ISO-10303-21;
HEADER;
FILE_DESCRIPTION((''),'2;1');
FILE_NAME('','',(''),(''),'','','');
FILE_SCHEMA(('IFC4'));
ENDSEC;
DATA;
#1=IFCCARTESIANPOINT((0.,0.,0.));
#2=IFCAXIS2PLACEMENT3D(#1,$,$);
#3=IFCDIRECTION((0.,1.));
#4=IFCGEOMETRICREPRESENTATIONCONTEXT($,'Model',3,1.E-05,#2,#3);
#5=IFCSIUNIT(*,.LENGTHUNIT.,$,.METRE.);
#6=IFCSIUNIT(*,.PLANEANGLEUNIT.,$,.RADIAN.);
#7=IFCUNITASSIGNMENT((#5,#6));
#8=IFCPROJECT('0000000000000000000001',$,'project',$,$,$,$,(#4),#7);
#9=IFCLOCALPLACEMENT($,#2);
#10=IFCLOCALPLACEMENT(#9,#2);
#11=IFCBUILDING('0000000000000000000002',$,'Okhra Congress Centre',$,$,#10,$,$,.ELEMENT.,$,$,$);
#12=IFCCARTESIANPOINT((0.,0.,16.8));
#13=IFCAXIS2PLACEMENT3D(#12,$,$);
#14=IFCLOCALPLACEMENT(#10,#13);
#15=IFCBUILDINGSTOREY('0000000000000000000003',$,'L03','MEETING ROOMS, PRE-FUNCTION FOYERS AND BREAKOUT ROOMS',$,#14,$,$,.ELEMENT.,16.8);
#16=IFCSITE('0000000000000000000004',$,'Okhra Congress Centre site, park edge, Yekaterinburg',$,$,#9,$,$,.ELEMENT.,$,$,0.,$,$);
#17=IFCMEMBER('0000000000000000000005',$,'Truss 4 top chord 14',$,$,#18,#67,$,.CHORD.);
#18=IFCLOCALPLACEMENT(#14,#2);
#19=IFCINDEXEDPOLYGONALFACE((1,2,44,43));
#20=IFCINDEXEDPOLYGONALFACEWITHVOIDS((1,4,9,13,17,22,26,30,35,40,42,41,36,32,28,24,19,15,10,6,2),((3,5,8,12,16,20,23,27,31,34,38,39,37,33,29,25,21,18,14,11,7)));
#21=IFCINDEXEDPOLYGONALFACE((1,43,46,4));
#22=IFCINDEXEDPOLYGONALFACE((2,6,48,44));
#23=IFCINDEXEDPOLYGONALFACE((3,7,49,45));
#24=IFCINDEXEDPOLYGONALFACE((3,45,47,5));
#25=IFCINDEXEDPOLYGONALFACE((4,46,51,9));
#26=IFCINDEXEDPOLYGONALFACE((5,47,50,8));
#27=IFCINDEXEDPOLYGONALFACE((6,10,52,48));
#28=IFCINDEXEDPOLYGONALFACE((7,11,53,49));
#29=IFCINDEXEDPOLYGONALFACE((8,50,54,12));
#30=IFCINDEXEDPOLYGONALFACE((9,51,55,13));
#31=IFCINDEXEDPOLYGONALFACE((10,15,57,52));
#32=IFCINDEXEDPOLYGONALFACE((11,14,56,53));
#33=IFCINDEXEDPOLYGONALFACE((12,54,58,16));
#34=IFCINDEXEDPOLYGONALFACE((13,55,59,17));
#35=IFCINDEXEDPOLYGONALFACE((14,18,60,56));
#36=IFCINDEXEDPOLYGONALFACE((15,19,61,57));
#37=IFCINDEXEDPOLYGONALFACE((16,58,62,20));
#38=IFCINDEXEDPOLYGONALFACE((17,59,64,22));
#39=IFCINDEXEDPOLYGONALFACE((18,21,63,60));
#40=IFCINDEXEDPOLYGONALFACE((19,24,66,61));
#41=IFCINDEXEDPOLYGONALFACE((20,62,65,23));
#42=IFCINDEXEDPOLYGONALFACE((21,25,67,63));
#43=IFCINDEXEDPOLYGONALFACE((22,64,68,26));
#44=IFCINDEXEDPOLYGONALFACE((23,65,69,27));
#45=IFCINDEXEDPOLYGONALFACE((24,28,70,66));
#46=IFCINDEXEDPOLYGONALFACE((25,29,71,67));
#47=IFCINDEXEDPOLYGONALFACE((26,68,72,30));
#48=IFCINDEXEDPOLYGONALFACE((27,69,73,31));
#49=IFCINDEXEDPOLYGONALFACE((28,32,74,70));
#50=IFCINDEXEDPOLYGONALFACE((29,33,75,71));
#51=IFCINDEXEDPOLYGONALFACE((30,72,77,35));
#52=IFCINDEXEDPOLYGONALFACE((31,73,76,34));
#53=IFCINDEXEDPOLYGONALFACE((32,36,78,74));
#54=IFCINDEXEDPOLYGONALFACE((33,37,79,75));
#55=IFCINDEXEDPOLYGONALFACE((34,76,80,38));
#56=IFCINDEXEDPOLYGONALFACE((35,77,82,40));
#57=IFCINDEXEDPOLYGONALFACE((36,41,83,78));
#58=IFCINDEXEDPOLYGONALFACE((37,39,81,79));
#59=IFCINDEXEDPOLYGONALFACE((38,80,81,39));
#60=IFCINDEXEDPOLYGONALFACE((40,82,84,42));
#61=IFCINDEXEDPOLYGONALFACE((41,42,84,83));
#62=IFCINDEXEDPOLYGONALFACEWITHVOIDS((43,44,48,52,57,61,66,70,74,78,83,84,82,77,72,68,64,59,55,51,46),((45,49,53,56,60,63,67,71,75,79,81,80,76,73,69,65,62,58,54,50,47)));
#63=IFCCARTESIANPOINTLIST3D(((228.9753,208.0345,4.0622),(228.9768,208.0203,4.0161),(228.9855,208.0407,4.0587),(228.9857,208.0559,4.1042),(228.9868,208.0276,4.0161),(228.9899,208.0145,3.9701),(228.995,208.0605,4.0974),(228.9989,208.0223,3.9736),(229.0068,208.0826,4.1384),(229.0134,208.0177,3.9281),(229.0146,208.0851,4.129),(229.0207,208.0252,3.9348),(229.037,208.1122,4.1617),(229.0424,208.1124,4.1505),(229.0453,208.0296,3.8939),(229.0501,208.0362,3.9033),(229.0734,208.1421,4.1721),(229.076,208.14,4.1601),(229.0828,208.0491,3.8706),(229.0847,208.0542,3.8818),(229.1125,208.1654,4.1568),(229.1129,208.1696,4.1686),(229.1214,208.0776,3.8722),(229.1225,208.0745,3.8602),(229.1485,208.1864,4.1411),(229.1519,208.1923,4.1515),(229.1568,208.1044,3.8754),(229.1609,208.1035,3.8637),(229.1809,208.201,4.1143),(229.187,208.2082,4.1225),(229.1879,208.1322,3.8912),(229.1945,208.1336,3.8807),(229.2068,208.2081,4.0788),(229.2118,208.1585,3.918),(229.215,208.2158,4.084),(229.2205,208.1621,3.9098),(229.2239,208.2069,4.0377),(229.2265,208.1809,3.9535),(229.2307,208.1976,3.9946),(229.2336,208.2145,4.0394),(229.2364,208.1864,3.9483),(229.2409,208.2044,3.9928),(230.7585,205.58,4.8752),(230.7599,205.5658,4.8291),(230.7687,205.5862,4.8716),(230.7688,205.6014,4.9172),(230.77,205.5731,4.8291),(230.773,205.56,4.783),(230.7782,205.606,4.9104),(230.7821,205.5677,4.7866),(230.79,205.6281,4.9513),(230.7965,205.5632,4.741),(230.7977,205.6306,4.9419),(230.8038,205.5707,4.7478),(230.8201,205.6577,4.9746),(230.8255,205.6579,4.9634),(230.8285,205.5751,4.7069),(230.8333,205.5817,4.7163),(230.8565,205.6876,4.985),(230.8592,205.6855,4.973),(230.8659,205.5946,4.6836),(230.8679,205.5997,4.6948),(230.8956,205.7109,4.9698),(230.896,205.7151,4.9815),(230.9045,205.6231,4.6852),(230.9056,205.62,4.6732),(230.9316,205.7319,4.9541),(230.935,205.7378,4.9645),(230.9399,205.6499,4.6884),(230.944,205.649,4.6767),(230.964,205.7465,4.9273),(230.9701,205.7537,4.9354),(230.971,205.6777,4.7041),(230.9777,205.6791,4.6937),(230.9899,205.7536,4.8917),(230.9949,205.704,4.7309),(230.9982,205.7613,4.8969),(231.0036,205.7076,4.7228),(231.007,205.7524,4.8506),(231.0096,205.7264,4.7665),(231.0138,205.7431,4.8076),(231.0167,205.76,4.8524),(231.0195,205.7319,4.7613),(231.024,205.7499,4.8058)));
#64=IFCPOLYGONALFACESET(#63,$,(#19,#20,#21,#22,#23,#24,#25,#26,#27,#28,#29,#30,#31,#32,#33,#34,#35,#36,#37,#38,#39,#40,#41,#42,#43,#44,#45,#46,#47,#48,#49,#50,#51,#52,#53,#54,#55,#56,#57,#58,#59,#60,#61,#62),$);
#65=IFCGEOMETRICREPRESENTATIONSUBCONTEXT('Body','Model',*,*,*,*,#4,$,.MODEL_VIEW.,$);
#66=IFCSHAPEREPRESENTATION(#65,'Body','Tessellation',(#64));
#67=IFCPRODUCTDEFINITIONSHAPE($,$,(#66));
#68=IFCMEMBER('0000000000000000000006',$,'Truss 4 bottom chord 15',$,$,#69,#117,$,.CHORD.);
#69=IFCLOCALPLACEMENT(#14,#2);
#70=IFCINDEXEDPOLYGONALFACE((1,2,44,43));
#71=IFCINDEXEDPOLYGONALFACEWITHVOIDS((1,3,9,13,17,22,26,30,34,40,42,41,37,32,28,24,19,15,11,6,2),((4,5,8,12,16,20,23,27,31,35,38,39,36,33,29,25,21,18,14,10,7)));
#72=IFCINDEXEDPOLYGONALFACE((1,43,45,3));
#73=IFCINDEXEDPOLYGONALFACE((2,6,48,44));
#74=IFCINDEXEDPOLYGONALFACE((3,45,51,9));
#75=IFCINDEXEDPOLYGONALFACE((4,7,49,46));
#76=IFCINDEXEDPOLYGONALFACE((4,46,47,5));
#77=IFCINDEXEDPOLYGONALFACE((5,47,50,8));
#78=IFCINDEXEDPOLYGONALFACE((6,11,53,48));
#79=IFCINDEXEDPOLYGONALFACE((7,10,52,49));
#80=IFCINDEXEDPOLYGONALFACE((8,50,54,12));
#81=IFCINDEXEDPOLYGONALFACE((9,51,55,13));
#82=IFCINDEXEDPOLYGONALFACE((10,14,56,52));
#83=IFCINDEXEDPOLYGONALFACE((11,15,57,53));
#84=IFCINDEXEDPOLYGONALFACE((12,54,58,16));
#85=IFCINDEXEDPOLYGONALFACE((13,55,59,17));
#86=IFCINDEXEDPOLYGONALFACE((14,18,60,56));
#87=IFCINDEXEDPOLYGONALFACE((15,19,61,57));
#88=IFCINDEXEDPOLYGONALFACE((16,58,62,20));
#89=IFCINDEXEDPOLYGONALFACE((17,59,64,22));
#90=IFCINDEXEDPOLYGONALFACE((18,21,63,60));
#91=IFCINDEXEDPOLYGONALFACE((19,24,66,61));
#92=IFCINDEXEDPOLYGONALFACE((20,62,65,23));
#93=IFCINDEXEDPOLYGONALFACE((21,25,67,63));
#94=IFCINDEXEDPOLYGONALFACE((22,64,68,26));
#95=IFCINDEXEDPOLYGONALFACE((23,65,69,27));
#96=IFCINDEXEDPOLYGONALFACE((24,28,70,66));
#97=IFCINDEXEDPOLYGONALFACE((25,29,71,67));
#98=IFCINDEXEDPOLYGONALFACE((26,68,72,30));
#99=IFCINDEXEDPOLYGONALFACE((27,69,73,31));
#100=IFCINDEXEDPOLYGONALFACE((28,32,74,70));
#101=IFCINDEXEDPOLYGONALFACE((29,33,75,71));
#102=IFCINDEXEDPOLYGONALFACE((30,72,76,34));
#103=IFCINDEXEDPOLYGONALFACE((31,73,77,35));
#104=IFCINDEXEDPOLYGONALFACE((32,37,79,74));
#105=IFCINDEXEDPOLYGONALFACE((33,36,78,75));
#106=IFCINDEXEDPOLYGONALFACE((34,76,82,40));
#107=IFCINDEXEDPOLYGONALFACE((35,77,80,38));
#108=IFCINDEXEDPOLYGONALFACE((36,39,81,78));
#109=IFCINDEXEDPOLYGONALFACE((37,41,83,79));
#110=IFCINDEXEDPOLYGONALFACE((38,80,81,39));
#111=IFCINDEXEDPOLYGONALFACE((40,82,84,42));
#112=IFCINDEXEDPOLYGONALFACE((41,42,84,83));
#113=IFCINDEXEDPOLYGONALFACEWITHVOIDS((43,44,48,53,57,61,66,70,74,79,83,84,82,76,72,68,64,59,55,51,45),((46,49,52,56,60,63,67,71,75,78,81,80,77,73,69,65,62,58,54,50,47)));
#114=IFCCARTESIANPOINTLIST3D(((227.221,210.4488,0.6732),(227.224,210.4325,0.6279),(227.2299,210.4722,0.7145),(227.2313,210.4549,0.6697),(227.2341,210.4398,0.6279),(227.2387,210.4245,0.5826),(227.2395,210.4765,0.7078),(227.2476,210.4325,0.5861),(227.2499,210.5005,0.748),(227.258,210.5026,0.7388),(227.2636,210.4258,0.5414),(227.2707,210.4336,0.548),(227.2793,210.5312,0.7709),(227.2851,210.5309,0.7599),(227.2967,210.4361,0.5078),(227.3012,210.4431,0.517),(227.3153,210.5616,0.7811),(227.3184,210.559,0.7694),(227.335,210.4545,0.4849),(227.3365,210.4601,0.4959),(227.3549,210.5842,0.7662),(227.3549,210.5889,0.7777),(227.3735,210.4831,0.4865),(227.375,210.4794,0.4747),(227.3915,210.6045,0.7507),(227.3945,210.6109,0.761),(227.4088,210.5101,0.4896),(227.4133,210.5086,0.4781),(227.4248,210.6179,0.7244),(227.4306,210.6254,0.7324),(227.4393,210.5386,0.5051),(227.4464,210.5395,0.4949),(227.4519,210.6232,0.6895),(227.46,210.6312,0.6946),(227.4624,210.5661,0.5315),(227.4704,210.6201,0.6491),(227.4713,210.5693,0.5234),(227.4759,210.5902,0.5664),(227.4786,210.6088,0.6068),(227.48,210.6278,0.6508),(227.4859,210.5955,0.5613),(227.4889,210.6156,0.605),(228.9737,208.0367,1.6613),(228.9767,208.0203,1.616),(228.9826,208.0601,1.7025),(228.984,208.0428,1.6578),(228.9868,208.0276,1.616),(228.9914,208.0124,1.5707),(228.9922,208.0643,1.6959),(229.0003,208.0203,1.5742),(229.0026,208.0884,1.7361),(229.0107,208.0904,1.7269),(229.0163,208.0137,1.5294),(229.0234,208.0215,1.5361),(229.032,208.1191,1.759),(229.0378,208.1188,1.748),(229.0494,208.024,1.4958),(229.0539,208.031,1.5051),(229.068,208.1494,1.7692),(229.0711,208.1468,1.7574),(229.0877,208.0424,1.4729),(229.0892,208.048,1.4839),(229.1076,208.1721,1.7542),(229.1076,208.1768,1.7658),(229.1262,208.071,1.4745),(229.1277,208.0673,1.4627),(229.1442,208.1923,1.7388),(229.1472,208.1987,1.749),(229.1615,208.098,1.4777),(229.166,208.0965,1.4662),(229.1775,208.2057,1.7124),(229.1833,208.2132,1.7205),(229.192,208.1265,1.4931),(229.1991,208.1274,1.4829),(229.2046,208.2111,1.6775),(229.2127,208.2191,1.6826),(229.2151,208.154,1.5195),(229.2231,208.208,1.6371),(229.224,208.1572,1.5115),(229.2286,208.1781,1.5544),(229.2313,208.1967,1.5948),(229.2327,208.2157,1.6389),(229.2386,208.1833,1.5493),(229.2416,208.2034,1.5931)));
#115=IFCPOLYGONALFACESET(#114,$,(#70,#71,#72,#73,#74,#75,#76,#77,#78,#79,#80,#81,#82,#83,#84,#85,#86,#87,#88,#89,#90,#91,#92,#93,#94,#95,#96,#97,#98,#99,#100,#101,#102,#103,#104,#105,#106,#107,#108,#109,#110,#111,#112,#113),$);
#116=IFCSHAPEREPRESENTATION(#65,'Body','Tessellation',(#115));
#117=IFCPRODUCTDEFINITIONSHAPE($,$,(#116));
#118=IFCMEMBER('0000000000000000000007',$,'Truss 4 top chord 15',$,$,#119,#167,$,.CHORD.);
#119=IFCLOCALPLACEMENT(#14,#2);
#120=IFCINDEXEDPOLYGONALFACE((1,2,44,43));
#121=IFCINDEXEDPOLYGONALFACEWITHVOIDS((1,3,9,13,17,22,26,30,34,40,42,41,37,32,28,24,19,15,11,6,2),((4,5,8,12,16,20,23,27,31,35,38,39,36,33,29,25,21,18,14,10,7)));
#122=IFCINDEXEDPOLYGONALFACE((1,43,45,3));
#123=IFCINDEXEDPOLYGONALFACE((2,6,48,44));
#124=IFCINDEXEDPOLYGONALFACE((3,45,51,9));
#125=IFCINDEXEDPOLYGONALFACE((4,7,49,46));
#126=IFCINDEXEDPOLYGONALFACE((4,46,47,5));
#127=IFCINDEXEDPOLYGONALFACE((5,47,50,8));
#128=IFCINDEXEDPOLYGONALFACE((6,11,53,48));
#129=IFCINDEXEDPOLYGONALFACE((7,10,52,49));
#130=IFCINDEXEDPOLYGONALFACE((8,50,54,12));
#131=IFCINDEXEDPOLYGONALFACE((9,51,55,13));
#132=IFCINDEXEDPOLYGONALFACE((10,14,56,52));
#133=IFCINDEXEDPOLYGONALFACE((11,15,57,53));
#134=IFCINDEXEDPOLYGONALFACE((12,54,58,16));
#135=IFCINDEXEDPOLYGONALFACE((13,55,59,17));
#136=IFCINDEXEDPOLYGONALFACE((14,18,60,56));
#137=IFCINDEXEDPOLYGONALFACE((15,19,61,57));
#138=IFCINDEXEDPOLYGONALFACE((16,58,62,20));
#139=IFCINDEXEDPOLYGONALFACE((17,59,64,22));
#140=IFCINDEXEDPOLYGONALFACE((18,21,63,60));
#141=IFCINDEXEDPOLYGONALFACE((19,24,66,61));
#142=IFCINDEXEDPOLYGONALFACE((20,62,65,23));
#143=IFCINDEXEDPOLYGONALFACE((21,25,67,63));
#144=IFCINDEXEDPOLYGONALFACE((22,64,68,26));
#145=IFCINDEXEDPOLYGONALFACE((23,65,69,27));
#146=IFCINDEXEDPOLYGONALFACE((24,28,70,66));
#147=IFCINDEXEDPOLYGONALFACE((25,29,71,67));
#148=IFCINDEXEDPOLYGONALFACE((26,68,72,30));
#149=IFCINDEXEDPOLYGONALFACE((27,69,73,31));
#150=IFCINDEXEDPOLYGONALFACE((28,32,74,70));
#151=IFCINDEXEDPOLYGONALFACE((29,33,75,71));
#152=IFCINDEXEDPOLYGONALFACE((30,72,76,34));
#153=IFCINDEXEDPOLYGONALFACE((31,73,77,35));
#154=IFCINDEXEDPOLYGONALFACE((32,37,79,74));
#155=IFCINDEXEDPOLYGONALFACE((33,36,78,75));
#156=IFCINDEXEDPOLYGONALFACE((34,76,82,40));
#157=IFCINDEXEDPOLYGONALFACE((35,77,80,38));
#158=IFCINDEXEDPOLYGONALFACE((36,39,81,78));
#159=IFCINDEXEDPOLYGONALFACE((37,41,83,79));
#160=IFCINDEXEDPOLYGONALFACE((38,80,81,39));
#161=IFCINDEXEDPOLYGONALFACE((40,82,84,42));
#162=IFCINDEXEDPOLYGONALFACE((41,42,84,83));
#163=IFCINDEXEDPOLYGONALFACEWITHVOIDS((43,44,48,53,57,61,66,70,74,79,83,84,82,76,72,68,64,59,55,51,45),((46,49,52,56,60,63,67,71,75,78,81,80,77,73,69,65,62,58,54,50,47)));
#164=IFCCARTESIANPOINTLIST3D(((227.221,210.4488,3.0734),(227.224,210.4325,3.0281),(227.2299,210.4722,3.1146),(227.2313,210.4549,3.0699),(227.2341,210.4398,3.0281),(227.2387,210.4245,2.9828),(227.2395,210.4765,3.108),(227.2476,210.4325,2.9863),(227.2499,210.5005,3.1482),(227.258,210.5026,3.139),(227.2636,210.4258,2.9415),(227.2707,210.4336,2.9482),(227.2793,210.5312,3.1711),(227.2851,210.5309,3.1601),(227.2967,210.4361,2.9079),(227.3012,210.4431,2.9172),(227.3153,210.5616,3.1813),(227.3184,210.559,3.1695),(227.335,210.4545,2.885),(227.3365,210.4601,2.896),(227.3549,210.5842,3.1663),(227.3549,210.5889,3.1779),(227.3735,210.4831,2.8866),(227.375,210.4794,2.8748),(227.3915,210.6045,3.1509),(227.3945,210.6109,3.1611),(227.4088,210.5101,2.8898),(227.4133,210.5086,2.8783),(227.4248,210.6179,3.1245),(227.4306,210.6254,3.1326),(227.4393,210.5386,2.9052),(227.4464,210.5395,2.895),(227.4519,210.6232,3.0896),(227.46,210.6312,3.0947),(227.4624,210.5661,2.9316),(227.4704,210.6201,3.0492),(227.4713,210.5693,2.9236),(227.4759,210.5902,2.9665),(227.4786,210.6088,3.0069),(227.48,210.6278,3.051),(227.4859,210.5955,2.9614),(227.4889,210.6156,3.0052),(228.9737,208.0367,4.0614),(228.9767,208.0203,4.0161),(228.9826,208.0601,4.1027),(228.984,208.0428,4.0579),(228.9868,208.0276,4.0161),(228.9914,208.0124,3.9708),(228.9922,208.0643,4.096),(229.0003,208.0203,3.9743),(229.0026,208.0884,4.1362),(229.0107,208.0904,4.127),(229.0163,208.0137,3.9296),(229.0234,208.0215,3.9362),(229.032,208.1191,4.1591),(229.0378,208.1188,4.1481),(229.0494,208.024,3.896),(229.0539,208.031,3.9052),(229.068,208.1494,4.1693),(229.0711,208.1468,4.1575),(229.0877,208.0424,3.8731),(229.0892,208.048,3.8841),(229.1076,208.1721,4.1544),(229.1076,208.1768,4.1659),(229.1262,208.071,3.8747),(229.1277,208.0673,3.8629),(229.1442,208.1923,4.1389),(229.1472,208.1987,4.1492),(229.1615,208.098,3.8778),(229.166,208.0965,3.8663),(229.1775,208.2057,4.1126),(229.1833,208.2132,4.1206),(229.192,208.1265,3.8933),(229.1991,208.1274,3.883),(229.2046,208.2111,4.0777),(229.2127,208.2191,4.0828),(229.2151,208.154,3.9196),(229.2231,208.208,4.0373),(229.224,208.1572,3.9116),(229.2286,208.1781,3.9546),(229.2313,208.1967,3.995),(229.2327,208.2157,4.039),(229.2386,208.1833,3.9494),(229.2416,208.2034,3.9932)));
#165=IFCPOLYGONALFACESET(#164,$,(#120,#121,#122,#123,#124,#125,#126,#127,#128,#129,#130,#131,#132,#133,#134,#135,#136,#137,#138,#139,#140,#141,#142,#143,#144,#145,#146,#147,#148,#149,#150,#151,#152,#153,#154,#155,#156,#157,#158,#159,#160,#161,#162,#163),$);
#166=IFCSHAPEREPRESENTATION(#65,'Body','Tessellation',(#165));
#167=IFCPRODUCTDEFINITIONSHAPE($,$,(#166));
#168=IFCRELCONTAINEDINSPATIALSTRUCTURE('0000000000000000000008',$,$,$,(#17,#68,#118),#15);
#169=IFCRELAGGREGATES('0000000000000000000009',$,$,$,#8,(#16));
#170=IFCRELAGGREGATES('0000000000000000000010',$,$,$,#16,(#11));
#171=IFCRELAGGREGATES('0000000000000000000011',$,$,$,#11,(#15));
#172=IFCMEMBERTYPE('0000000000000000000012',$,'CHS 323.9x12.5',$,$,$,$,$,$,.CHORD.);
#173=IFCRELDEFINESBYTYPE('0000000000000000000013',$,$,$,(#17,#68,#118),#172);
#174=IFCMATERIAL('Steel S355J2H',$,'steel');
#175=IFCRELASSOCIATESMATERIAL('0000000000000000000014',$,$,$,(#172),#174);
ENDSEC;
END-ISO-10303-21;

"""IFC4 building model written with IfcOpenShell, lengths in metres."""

from ifc_helpers import new_model, si_unit, direction, frame, origin, origin_2d, place, context, subcontext, project, spatial, hollow_circle, extrude, material, material_profile, profile_set, type_object, element, save


model = new_model("IFC4")

# Units and contexts
model_context = context("Model", 3, precision=1e-05, world=origin(), true_north=direction((0.0, 1.0)))
body_context = subcontext(model_context, "Body", "Model", "MODEL_VIEW")
ifc_project = project(units=[si_unit("LENGTHUNIT", "METRE"), si_unit("PLANEANGLEUNIT", "RADIAN")], contexts=[model_context])

# Site, building, storey
site_placement = place(None, origin())
site = spatial("IfcSite", under=ifc_project, at=site_placement, Name="Okhra Congress Centre site, park edge, Yekaterinburg", CompositionType="ELEMENT", RefElevation=0.0)
building_placement = place(site_placement, origin())
building = spatial("IfcBuilding", under=site, at=building_placement, Name="Okhra Congress Centre", CompositionType="ELEMENT")
storey_placement = place(building_placement, frame((0.0, 0.0, 16.8)))
storey = spatial("IfcBuildingStorey", under=building, at=storey_placement, Name="L03", Description="MEETING ROOMS, PRE-FUNCTION FOYERS AND BREAKOUT ROOMS", CompositionType="ELEMENT", Elevation=16.8)

# Members
ifc_material_1 = material(Name="Steel S355J2H", Category="steel")
ifc_material_profile_1 = material_profile(ifc_material_1, hollow_circle(Radius=0.1619, WallThickness=0.0125, at=origin_2d()), Name="CHS 323.9x12.5")
ifc_profile_set_1 = profile_set([ifc_material_profile_1], Name="Steel S355J2H")
member_type_1 = type_object("IfcMemberType", Name="CHS 323.9x12.5", PredefinedType="CHORD", material=ifc_profile_set_1)
for number, where, z_axis, x_axis, name in (
    (1, (230.8909, 205.6609, 4.8291), (-0.567721, 0.781472, -0.258832), (-0.809042, -0.587751, 0.0), "Truss 4 top chord 14"),
):
    element("IfcMember", number, at=place(storey_placement, frame(where, z_axis=z_axis, x_axis=x_axis)), inside=storey, type_object=member_type_1, Name=name, PredefinedType="CHORD", context=body_context, shape_type="SweptSolid", body=[
        extrude(hollow_circle(Radius=0.1619, WallThickness=0.0125, at=origin_2d()), origin(), (0.0, 0.0, 1.0), 3.1409),
    ])
for number, where, z_axis, x_axis, name in (
    (2, (229.1077, 208.1155, 1.616), (-0.557988, 0.767923, -0.314553), (-0.808987, -0.587826, 0.0), "Truss 4 bottom chord 15"),
    (3, (229.1077, 208.1155, 4.0161), (-0.557988, 0.767923, -0.314553), (-0.808987, -0.587826, 0.0), "Truss 4 top chord 15"),
):
    element("IfcMember", number, at=place(storey_placement, frame(where, z_axis=z_axis, x_axis=x_axis)), inside=storey, type_object=member_type_1, Name=name, PredefinedType="CHORD", context=body_context, shape_type="SweptSolid", body=[
        extrude(hollow_circle(Radius=0.1619, WallThickness=0.0125, at=origin_2d()), origin(), (0.0, 0.0, 1.0), 3.1411),
    ])

save(model, "model.ifc")
